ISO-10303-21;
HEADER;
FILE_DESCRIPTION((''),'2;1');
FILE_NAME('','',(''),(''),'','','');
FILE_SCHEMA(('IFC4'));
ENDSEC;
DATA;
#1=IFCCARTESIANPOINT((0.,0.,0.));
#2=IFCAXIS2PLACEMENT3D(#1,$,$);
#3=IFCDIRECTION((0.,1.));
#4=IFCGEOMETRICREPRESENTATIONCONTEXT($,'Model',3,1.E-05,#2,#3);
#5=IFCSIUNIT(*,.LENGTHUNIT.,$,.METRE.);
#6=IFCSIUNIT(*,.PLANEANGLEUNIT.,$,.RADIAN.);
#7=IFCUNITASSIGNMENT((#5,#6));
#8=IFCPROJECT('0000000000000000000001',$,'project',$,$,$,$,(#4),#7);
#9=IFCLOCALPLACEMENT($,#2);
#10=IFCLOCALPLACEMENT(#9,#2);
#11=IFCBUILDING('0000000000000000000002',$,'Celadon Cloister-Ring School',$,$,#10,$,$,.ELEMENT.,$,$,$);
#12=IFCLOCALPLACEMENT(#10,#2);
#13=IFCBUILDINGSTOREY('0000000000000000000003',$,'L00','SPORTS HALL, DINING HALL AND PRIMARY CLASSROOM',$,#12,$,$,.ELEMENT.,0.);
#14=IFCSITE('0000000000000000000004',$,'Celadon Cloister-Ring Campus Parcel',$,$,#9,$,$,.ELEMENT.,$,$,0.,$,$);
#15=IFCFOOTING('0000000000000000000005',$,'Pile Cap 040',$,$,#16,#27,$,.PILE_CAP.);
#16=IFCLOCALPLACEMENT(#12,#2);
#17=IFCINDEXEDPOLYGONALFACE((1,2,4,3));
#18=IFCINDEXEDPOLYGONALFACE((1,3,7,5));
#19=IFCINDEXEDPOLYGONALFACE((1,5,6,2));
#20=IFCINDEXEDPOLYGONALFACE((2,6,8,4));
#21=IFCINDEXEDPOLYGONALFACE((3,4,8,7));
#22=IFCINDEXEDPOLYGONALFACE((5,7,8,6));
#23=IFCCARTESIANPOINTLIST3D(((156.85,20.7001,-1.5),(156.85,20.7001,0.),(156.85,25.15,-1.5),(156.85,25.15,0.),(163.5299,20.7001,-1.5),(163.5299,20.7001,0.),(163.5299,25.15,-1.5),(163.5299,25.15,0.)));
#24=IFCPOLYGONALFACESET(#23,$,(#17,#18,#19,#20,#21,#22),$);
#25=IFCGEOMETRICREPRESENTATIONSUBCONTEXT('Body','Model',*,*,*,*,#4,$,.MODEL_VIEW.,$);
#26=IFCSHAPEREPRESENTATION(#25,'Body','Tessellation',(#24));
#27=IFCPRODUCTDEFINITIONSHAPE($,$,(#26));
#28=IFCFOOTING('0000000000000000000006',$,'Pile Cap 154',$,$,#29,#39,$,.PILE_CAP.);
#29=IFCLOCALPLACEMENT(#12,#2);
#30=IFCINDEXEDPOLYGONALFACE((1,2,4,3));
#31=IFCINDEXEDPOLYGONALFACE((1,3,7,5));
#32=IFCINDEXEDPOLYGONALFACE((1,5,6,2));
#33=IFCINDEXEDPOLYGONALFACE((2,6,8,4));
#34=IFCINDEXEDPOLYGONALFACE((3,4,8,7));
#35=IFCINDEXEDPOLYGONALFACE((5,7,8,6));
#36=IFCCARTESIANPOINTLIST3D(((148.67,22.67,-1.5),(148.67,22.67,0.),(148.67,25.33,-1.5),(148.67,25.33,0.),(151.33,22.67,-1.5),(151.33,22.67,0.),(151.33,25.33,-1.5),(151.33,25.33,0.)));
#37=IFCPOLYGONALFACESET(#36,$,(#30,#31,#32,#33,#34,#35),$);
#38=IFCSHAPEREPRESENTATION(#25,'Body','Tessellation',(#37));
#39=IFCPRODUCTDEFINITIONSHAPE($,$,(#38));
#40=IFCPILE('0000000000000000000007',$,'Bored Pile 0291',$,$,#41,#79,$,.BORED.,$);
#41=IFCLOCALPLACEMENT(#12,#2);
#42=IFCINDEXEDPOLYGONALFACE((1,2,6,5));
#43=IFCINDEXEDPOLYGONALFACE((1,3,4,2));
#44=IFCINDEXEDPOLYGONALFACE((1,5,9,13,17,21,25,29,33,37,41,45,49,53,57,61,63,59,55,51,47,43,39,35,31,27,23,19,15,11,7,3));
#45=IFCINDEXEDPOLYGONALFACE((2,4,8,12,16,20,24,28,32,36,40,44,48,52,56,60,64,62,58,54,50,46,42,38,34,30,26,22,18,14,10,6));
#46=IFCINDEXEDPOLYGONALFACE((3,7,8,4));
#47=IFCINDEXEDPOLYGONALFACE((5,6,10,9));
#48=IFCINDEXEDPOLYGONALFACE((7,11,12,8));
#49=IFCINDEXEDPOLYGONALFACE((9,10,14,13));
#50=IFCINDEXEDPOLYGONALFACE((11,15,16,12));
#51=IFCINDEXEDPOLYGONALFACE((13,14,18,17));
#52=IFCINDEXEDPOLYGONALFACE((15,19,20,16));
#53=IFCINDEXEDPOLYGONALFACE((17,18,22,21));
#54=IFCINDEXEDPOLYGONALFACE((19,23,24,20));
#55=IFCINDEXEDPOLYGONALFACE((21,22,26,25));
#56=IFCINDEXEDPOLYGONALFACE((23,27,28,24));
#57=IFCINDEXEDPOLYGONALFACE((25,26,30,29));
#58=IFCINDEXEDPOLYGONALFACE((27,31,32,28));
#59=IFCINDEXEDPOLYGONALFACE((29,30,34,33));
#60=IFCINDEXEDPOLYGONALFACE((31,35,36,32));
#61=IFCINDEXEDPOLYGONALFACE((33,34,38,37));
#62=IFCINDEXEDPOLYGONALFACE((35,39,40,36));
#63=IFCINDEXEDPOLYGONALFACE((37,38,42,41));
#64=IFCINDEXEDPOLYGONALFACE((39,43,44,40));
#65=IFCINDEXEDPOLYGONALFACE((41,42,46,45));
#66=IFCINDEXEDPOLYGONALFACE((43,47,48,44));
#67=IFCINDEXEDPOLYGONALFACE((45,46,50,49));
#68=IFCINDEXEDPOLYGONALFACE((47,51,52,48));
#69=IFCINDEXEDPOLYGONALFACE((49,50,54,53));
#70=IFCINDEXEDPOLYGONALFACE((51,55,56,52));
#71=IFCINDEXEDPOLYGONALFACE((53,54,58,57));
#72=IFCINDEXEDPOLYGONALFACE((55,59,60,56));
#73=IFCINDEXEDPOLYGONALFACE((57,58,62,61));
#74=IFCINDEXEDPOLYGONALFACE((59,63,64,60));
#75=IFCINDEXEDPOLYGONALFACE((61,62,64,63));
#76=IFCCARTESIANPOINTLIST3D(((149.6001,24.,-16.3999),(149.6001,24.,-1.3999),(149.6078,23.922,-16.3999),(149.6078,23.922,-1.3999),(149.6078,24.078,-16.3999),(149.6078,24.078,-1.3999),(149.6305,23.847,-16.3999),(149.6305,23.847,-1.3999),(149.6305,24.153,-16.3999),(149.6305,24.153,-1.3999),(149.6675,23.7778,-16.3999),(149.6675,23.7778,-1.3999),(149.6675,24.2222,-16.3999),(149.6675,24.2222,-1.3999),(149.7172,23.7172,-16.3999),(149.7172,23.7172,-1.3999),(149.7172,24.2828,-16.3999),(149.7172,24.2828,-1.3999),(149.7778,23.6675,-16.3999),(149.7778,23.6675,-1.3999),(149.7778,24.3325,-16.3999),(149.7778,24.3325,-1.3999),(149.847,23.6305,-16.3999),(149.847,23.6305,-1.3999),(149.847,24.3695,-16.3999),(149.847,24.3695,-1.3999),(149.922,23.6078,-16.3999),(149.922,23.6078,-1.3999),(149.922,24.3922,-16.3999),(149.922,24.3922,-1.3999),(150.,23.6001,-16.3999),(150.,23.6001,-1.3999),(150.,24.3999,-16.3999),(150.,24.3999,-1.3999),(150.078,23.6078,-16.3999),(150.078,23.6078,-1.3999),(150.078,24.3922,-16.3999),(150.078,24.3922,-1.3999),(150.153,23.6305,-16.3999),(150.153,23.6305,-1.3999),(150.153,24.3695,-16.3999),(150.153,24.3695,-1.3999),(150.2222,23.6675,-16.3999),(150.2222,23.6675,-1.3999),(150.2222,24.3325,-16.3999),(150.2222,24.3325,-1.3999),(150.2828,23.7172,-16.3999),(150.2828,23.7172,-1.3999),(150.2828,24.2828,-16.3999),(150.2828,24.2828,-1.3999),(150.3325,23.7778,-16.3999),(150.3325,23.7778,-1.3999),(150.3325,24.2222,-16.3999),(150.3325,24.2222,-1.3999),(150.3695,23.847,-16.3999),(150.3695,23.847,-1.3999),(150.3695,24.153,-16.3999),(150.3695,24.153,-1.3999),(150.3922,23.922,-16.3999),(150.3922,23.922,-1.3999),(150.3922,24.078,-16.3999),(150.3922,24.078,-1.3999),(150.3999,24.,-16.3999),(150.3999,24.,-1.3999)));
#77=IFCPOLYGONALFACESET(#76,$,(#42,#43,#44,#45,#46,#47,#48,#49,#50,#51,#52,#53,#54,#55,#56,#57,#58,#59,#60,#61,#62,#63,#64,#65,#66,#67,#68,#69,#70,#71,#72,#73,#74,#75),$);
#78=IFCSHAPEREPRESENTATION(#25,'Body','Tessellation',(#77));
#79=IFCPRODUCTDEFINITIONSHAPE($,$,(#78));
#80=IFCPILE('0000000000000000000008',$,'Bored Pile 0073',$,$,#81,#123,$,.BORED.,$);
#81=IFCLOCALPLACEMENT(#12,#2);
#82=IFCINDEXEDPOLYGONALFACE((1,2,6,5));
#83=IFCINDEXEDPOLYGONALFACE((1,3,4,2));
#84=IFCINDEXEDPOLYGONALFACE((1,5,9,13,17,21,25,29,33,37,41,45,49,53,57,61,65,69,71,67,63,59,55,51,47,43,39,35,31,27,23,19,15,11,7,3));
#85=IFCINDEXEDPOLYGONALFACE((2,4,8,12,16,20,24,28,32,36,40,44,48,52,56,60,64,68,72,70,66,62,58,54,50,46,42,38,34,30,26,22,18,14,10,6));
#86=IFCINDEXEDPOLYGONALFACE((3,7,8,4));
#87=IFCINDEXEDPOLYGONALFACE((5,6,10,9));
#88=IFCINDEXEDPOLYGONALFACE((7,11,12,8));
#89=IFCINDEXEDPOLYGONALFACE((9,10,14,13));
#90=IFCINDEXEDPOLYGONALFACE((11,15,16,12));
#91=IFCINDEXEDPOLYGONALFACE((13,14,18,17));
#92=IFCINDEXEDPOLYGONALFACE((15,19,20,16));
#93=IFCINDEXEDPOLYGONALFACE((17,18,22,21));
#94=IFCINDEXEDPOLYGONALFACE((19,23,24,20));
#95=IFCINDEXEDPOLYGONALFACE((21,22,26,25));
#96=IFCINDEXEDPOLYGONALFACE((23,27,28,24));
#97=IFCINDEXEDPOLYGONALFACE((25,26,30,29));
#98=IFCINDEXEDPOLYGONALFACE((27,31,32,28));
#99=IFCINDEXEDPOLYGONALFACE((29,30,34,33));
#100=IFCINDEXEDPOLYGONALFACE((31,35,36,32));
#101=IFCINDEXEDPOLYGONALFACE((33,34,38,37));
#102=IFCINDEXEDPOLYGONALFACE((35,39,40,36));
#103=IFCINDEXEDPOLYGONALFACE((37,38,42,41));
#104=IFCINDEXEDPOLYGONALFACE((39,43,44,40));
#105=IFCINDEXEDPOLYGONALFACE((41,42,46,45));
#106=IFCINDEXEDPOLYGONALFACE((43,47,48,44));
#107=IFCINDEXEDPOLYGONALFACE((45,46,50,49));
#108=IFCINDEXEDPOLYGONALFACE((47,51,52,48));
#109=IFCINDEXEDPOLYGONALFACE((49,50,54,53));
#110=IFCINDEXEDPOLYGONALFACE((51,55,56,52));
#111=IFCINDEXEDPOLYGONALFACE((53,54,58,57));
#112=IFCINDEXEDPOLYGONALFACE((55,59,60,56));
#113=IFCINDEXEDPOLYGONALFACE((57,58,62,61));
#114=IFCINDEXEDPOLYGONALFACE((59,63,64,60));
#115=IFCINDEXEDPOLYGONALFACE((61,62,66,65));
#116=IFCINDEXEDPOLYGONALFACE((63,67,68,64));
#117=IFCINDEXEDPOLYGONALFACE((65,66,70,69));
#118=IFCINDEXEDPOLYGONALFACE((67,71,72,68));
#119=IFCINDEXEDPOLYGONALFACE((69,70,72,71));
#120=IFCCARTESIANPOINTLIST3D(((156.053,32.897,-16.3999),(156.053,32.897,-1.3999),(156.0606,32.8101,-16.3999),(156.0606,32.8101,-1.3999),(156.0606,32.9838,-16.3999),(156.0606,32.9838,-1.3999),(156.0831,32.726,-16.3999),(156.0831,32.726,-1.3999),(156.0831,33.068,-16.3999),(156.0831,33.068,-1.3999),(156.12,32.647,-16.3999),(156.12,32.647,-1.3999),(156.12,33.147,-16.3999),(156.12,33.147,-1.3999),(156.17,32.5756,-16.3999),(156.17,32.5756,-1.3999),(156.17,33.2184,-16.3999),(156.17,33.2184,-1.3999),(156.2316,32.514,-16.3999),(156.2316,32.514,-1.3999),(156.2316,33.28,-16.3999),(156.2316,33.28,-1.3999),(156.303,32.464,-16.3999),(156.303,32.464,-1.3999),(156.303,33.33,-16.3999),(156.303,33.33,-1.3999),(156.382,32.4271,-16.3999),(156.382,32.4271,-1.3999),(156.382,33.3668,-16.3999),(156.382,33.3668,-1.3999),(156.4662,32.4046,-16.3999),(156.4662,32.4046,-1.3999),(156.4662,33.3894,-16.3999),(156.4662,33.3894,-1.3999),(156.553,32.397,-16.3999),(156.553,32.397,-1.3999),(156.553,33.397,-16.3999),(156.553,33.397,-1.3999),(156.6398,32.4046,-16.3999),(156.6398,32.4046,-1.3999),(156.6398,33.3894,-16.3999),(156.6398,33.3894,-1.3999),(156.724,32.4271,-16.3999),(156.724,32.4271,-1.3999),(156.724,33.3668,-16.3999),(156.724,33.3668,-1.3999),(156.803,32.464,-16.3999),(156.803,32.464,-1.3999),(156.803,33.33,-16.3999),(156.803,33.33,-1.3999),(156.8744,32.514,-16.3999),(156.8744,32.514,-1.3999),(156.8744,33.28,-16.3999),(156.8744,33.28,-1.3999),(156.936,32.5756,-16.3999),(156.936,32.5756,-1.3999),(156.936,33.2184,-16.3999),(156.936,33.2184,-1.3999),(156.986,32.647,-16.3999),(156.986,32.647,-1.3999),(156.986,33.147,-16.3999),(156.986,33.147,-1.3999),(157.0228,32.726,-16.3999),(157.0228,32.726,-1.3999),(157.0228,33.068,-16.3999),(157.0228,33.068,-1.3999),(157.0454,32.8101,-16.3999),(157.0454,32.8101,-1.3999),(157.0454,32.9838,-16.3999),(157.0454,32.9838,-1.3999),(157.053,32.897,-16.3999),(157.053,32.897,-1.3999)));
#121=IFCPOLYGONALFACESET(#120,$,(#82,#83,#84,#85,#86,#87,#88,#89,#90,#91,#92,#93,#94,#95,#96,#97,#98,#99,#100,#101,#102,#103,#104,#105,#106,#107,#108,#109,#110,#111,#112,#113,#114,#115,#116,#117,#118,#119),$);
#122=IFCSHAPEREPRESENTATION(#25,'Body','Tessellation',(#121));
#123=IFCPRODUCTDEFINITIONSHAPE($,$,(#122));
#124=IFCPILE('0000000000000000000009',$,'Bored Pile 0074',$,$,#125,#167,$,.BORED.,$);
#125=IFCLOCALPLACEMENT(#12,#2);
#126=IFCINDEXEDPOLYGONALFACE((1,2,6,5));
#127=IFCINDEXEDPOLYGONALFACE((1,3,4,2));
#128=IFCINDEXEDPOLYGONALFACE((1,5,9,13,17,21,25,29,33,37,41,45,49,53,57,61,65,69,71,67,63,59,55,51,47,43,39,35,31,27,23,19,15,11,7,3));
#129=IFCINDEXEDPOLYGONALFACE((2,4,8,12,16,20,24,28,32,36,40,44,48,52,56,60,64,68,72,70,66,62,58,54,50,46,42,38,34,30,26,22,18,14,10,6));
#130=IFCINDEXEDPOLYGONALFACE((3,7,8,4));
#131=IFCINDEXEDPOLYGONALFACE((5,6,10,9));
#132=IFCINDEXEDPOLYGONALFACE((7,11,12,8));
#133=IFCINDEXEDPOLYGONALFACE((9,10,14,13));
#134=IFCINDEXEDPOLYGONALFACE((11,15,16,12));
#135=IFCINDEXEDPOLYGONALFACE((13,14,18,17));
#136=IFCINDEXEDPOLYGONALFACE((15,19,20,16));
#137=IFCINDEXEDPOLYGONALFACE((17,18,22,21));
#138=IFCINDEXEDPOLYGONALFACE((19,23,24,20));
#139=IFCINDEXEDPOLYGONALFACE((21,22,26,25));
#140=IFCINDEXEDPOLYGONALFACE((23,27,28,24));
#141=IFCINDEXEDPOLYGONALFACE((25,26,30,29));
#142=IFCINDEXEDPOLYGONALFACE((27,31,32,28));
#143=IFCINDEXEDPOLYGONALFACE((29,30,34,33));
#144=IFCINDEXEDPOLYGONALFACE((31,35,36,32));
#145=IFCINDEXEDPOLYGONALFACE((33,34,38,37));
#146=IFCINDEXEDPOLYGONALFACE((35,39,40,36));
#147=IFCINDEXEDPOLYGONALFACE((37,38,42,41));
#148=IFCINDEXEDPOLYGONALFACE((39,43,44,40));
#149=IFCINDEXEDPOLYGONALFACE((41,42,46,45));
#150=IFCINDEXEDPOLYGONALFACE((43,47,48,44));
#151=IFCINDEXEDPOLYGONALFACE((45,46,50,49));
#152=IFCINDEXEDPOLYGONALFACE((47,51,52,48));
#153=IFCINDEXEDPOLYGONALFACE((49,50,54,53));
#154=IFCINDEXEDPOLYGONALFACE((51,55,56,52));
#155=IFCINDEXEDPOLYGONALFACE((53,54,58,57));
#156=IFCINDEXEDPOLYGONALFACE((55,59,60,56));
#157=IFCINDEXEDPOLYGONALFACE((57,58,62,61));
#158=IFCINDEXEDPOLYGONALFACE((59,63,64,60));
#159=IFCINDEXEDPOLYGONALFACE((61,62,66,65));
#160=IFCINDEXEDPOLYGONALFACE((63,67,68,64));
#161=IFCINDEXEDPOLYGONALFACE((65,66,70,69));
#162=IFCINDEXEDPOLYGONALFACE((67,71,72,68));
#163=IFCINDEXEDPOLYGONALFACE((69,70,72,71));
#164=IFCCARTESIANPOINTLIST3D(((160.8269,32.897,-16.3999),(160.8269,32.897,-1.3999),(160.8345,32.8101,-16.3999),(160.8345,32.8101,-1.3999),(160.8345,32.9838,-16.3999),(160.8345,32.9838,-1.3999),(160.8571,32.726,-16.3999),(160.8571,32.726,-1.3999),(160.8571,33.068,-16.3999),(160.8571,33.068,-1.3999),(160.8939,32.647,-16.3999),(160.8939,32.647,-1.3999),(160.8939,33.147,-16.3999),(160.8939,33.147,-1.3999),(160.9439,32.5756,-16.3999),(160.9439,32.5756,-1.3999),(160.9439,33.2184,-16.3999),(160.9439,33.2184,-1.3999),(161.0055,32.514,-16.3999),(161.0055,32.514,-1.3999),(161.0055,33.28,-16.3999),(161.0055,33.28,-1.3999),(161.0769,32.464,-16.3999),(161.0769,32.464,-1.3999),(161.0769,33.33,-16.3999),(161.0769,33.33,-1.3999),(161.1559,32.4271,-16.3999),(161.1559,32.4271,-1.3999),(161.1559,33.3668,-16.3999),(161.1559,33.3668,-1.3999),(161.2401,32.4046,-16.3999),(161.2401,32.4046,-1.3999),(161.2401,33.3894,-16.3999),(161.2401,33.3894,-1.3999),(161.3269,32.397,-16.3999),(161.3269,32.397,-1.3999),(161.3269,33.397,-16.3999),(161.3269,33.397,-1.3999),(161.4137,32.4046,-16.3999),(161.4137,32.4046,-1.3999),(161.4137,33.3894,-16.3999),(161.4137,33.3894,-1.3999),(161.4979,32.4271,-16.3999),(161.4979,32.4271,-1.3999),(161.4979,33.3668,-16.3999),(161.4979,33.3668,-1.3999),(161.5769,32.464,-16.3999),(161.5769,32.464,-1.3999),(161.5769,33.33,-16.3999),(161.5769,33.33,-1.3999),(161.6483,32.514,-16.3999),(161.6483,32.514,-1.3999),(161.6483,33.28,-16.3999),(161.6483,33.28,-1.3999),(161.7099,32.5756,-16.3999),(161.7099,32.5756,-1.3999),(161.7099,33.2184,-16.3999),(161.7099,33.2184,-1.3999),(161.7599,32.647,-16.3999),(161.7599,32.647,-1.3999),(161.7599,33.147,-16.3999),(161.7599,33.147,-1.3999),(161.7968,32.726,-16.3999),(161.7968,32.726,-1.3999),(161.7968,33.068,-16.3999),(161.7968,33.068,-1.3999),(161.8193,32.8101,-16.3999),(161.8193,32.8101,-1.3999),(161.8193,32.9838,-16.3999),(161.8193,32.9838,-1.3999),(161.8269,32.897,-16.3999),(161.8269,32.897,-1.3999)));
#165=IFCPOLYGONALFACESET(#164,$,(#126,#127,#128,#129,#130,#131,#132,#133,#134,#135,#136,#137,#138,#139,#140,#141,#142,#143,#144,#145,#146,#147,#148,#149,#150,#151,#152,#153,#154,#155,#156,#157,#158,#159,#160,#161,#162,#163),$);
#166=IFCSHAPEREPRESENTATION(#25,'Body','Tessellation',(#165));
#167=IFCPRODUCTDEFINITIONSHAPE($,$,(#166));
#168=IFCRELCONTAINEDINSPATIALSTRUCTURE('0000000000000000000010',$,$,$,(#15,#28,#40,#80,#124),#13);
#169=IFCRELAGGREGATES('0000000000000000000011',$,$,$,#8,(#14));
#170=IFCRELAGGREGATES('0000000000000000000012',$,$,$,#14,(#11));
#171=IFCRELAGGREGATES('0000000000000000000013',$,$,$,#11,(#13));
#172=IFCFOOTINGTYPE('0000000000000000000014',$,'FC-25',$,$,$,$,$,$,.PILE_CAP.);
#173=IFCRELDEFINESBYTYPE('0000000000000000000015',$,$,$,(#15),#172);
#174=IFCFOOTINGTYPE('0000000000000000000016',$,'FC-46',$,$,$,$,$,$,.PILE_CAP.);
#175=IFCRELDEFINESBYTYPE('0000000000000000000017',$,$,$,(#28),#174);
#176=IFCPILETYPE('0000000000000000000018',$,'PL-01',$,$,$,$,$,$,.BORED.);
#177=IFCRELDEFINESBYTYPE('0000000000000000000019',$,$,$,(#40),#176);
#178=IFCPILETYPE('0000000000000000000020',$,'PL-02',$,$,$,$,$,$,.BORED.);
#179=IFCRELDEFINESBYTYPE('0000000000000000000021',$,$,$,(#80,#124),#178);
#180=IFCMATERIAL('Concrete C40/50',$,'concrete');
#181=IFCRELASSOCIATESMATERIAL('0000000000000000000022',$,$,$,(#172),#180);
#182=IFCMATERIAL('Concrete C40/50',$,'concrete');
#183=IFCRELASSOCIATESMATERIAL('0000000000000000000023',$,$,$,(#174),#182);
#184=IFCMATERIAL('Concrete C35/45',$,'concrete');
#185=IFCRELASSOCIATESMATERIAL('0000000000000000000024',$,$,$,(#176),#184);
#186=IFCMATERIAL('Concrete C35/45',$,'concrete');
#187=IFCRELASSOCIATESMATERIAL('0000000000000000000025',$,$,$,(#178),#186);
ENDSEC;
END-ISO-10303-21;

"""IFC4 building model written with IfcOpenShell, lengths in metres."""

from ifc_helpers import new_model, si_unit, direction, frame, origin, origin_2d, place, context, subcontext, project, spatial, rectangle, circle, extrude, material, material_profile, profile_set, type_object, element, save


model = new_model("IFC4")

# Units and contexts
model_context = context("Model", 3, precision=1e-05, world=origin(), true_north=direction((0.0, 1.0)))
body_context = subcontext(model_context, "Body", "Model", "MODEL_VIEW")
ifc_project = project(units=[si_unit("LENGTHUNIT", "METRE"), si_unit("PLANEANGLEUNIT", "RADIAN")], contexts=[model_context])

# Site, building, storey
site_placement = place(None, origin())
site = spatial("IfcSite", under=ifc_project, at=site_placement, Name="Celadon Cloister-Ring Campus Parcel", CompositionType="ELEMENT", RefElevation=0.0)
building_placement = place(site_placement, origin())
building = spatial("IfcBuilding", under=site, at=building_placement, Name="Celadon Cloister-Ring School", CompositionType="ELEMENT")
storey_placement = place(building_placement, origin())
storey = spatial("IfcBuildingStorey", under=building, at=storey_placement, Name="L00", Description="SPORTS HALL, DINING HALL AND PRIMARY CLASSROOM", CompositionType="ELEMENT", Elevation=0.0)

# Footings
ifc_material_1 = material(Name="Concrete C40/50", Category="concrete")
footing_type_1 = type_object("IfcFootingType", Name="FC-25", PredefinedType="PILE_CAP", material=ifc_material_1)
footing_1_placement = place(storey_placement, frame((160.1899, 22.925, -1.5), z_axis=(0.0, 0.0, 1.0), x_axis=(1.0, 0.0, 0.0)))
element("IfcFooting", 1, at=footing_1_placement, inside=storey, type_object=footing_type_1, Name="Pile Cap 040", PredefinedType="PILE_CAP", context=body_context, shape_type="SweptSolid", body=[
    extrude(rectangle(XDim=6.6799, YDim=4.45, at=origin_2d()), origin(), (0.0, 0.0, 1.0), 1.5),
])
ifc_material_2 = material(Name="Concrete C40/50", Category="concrete")
footing_type_2 = type_object("IfcFootingType", Name="FC-46", PredefinedType="PILE_CAP", material=ifc_material_2)
footing_2_placement = place(storey_placement, frame((150.0, 24.0, -1.5), z_axis=(0.0, 0.0, 1.0), x_axis=(1.0, 0.0, 0.0)))
element("IfcFooting", 2, at=footing_2_placement, inside=storey, type_object=footing_type_2, Name="Pile Cap 154", PredefinedType="PILE_CAP", context=body_context, shape_type="SweptSolid", body=[
    extrude(rectangle(XDim=2.6599, YDim=2.6599, at=origin_2d()), origin(), (0.0, 0.0, 1.0), 1.5),
])

# Piles
ifc_material_3 = material(Name="Concrete C35/45", Category="concrete")
ifc_material_profile_1 = material_profile(ifc_material_3, circle(Radius=0.3999, at=origin_2d()), Name="PILE800")
ifc_profile_set_1 = profile_set([ifc_material_profile_1], Name="Concrete C35/45")
pile_type_1 = type_object("IfcPileType", Name="PL-01", PredefinedType="BORED", material=ifc_profile_set_1)
pile_placement = place(storey_placement, frame((150.0, 24.0, -1.3999), z_axis=(0.0, 0.0, -1.0), x_axis=(1.0, 0.0, 0.0)))
element("IfcPile", 3, at=pile_placement, inside=storey, type_object=pile_type_1, Name="Bored Pile 0291", PredefinedType="BORED", context=body_context, shape_type="SweptSolid", body=[
    extrude(circle(Radius=0.3999, at=origin_2d()), origin(), (0.0, 0.0, 1.0), 15.0),
])
ifc_material_4 = material(Name="Concrete C35/45", Category="concrete")
ifc_material_profile_2 = material_profile(ifc_material_4, circle(Radius=0.5, at=origin_2d()), Name="PILE1000")
ifc_profile_set_2 = profile_set([ifc_material_profile_2], Name="Concrete C35/45")
pile_type_2 = type_object("IfcPileType", Name="PL-02", PredefinedType="BORED", material=ifc_profile_set_2)
for number, where, z_axis, x_axis, name in (
    (4, (156.553, 32.897, -1.3999), (0.0, 0.0, -1.0), (1.0, 0.0, 0.0), "Bored Pile 0073"),
    (5, (161.3269, 32.897, -1.3999), (0.0, 0.0, -1.0), (1.0, 0.0, 0.0), "Bored Pile 0074"),
):
    element("IfcPile", number, at=place(storey_placement, frame(where, z_axis=z_axis, x_axis=x_axis)), inside=storey, type_object=pile_type_2, Name=name, PredefinedType="BORED", context=body_context, shape_type="SweptSolid", body=[
        extrude(circle(Radius=0.5, at=origin_2d()), origin(), (0.0, 0.0, 1.0), 15.0),
    ])

save(model, "model.ifc")
